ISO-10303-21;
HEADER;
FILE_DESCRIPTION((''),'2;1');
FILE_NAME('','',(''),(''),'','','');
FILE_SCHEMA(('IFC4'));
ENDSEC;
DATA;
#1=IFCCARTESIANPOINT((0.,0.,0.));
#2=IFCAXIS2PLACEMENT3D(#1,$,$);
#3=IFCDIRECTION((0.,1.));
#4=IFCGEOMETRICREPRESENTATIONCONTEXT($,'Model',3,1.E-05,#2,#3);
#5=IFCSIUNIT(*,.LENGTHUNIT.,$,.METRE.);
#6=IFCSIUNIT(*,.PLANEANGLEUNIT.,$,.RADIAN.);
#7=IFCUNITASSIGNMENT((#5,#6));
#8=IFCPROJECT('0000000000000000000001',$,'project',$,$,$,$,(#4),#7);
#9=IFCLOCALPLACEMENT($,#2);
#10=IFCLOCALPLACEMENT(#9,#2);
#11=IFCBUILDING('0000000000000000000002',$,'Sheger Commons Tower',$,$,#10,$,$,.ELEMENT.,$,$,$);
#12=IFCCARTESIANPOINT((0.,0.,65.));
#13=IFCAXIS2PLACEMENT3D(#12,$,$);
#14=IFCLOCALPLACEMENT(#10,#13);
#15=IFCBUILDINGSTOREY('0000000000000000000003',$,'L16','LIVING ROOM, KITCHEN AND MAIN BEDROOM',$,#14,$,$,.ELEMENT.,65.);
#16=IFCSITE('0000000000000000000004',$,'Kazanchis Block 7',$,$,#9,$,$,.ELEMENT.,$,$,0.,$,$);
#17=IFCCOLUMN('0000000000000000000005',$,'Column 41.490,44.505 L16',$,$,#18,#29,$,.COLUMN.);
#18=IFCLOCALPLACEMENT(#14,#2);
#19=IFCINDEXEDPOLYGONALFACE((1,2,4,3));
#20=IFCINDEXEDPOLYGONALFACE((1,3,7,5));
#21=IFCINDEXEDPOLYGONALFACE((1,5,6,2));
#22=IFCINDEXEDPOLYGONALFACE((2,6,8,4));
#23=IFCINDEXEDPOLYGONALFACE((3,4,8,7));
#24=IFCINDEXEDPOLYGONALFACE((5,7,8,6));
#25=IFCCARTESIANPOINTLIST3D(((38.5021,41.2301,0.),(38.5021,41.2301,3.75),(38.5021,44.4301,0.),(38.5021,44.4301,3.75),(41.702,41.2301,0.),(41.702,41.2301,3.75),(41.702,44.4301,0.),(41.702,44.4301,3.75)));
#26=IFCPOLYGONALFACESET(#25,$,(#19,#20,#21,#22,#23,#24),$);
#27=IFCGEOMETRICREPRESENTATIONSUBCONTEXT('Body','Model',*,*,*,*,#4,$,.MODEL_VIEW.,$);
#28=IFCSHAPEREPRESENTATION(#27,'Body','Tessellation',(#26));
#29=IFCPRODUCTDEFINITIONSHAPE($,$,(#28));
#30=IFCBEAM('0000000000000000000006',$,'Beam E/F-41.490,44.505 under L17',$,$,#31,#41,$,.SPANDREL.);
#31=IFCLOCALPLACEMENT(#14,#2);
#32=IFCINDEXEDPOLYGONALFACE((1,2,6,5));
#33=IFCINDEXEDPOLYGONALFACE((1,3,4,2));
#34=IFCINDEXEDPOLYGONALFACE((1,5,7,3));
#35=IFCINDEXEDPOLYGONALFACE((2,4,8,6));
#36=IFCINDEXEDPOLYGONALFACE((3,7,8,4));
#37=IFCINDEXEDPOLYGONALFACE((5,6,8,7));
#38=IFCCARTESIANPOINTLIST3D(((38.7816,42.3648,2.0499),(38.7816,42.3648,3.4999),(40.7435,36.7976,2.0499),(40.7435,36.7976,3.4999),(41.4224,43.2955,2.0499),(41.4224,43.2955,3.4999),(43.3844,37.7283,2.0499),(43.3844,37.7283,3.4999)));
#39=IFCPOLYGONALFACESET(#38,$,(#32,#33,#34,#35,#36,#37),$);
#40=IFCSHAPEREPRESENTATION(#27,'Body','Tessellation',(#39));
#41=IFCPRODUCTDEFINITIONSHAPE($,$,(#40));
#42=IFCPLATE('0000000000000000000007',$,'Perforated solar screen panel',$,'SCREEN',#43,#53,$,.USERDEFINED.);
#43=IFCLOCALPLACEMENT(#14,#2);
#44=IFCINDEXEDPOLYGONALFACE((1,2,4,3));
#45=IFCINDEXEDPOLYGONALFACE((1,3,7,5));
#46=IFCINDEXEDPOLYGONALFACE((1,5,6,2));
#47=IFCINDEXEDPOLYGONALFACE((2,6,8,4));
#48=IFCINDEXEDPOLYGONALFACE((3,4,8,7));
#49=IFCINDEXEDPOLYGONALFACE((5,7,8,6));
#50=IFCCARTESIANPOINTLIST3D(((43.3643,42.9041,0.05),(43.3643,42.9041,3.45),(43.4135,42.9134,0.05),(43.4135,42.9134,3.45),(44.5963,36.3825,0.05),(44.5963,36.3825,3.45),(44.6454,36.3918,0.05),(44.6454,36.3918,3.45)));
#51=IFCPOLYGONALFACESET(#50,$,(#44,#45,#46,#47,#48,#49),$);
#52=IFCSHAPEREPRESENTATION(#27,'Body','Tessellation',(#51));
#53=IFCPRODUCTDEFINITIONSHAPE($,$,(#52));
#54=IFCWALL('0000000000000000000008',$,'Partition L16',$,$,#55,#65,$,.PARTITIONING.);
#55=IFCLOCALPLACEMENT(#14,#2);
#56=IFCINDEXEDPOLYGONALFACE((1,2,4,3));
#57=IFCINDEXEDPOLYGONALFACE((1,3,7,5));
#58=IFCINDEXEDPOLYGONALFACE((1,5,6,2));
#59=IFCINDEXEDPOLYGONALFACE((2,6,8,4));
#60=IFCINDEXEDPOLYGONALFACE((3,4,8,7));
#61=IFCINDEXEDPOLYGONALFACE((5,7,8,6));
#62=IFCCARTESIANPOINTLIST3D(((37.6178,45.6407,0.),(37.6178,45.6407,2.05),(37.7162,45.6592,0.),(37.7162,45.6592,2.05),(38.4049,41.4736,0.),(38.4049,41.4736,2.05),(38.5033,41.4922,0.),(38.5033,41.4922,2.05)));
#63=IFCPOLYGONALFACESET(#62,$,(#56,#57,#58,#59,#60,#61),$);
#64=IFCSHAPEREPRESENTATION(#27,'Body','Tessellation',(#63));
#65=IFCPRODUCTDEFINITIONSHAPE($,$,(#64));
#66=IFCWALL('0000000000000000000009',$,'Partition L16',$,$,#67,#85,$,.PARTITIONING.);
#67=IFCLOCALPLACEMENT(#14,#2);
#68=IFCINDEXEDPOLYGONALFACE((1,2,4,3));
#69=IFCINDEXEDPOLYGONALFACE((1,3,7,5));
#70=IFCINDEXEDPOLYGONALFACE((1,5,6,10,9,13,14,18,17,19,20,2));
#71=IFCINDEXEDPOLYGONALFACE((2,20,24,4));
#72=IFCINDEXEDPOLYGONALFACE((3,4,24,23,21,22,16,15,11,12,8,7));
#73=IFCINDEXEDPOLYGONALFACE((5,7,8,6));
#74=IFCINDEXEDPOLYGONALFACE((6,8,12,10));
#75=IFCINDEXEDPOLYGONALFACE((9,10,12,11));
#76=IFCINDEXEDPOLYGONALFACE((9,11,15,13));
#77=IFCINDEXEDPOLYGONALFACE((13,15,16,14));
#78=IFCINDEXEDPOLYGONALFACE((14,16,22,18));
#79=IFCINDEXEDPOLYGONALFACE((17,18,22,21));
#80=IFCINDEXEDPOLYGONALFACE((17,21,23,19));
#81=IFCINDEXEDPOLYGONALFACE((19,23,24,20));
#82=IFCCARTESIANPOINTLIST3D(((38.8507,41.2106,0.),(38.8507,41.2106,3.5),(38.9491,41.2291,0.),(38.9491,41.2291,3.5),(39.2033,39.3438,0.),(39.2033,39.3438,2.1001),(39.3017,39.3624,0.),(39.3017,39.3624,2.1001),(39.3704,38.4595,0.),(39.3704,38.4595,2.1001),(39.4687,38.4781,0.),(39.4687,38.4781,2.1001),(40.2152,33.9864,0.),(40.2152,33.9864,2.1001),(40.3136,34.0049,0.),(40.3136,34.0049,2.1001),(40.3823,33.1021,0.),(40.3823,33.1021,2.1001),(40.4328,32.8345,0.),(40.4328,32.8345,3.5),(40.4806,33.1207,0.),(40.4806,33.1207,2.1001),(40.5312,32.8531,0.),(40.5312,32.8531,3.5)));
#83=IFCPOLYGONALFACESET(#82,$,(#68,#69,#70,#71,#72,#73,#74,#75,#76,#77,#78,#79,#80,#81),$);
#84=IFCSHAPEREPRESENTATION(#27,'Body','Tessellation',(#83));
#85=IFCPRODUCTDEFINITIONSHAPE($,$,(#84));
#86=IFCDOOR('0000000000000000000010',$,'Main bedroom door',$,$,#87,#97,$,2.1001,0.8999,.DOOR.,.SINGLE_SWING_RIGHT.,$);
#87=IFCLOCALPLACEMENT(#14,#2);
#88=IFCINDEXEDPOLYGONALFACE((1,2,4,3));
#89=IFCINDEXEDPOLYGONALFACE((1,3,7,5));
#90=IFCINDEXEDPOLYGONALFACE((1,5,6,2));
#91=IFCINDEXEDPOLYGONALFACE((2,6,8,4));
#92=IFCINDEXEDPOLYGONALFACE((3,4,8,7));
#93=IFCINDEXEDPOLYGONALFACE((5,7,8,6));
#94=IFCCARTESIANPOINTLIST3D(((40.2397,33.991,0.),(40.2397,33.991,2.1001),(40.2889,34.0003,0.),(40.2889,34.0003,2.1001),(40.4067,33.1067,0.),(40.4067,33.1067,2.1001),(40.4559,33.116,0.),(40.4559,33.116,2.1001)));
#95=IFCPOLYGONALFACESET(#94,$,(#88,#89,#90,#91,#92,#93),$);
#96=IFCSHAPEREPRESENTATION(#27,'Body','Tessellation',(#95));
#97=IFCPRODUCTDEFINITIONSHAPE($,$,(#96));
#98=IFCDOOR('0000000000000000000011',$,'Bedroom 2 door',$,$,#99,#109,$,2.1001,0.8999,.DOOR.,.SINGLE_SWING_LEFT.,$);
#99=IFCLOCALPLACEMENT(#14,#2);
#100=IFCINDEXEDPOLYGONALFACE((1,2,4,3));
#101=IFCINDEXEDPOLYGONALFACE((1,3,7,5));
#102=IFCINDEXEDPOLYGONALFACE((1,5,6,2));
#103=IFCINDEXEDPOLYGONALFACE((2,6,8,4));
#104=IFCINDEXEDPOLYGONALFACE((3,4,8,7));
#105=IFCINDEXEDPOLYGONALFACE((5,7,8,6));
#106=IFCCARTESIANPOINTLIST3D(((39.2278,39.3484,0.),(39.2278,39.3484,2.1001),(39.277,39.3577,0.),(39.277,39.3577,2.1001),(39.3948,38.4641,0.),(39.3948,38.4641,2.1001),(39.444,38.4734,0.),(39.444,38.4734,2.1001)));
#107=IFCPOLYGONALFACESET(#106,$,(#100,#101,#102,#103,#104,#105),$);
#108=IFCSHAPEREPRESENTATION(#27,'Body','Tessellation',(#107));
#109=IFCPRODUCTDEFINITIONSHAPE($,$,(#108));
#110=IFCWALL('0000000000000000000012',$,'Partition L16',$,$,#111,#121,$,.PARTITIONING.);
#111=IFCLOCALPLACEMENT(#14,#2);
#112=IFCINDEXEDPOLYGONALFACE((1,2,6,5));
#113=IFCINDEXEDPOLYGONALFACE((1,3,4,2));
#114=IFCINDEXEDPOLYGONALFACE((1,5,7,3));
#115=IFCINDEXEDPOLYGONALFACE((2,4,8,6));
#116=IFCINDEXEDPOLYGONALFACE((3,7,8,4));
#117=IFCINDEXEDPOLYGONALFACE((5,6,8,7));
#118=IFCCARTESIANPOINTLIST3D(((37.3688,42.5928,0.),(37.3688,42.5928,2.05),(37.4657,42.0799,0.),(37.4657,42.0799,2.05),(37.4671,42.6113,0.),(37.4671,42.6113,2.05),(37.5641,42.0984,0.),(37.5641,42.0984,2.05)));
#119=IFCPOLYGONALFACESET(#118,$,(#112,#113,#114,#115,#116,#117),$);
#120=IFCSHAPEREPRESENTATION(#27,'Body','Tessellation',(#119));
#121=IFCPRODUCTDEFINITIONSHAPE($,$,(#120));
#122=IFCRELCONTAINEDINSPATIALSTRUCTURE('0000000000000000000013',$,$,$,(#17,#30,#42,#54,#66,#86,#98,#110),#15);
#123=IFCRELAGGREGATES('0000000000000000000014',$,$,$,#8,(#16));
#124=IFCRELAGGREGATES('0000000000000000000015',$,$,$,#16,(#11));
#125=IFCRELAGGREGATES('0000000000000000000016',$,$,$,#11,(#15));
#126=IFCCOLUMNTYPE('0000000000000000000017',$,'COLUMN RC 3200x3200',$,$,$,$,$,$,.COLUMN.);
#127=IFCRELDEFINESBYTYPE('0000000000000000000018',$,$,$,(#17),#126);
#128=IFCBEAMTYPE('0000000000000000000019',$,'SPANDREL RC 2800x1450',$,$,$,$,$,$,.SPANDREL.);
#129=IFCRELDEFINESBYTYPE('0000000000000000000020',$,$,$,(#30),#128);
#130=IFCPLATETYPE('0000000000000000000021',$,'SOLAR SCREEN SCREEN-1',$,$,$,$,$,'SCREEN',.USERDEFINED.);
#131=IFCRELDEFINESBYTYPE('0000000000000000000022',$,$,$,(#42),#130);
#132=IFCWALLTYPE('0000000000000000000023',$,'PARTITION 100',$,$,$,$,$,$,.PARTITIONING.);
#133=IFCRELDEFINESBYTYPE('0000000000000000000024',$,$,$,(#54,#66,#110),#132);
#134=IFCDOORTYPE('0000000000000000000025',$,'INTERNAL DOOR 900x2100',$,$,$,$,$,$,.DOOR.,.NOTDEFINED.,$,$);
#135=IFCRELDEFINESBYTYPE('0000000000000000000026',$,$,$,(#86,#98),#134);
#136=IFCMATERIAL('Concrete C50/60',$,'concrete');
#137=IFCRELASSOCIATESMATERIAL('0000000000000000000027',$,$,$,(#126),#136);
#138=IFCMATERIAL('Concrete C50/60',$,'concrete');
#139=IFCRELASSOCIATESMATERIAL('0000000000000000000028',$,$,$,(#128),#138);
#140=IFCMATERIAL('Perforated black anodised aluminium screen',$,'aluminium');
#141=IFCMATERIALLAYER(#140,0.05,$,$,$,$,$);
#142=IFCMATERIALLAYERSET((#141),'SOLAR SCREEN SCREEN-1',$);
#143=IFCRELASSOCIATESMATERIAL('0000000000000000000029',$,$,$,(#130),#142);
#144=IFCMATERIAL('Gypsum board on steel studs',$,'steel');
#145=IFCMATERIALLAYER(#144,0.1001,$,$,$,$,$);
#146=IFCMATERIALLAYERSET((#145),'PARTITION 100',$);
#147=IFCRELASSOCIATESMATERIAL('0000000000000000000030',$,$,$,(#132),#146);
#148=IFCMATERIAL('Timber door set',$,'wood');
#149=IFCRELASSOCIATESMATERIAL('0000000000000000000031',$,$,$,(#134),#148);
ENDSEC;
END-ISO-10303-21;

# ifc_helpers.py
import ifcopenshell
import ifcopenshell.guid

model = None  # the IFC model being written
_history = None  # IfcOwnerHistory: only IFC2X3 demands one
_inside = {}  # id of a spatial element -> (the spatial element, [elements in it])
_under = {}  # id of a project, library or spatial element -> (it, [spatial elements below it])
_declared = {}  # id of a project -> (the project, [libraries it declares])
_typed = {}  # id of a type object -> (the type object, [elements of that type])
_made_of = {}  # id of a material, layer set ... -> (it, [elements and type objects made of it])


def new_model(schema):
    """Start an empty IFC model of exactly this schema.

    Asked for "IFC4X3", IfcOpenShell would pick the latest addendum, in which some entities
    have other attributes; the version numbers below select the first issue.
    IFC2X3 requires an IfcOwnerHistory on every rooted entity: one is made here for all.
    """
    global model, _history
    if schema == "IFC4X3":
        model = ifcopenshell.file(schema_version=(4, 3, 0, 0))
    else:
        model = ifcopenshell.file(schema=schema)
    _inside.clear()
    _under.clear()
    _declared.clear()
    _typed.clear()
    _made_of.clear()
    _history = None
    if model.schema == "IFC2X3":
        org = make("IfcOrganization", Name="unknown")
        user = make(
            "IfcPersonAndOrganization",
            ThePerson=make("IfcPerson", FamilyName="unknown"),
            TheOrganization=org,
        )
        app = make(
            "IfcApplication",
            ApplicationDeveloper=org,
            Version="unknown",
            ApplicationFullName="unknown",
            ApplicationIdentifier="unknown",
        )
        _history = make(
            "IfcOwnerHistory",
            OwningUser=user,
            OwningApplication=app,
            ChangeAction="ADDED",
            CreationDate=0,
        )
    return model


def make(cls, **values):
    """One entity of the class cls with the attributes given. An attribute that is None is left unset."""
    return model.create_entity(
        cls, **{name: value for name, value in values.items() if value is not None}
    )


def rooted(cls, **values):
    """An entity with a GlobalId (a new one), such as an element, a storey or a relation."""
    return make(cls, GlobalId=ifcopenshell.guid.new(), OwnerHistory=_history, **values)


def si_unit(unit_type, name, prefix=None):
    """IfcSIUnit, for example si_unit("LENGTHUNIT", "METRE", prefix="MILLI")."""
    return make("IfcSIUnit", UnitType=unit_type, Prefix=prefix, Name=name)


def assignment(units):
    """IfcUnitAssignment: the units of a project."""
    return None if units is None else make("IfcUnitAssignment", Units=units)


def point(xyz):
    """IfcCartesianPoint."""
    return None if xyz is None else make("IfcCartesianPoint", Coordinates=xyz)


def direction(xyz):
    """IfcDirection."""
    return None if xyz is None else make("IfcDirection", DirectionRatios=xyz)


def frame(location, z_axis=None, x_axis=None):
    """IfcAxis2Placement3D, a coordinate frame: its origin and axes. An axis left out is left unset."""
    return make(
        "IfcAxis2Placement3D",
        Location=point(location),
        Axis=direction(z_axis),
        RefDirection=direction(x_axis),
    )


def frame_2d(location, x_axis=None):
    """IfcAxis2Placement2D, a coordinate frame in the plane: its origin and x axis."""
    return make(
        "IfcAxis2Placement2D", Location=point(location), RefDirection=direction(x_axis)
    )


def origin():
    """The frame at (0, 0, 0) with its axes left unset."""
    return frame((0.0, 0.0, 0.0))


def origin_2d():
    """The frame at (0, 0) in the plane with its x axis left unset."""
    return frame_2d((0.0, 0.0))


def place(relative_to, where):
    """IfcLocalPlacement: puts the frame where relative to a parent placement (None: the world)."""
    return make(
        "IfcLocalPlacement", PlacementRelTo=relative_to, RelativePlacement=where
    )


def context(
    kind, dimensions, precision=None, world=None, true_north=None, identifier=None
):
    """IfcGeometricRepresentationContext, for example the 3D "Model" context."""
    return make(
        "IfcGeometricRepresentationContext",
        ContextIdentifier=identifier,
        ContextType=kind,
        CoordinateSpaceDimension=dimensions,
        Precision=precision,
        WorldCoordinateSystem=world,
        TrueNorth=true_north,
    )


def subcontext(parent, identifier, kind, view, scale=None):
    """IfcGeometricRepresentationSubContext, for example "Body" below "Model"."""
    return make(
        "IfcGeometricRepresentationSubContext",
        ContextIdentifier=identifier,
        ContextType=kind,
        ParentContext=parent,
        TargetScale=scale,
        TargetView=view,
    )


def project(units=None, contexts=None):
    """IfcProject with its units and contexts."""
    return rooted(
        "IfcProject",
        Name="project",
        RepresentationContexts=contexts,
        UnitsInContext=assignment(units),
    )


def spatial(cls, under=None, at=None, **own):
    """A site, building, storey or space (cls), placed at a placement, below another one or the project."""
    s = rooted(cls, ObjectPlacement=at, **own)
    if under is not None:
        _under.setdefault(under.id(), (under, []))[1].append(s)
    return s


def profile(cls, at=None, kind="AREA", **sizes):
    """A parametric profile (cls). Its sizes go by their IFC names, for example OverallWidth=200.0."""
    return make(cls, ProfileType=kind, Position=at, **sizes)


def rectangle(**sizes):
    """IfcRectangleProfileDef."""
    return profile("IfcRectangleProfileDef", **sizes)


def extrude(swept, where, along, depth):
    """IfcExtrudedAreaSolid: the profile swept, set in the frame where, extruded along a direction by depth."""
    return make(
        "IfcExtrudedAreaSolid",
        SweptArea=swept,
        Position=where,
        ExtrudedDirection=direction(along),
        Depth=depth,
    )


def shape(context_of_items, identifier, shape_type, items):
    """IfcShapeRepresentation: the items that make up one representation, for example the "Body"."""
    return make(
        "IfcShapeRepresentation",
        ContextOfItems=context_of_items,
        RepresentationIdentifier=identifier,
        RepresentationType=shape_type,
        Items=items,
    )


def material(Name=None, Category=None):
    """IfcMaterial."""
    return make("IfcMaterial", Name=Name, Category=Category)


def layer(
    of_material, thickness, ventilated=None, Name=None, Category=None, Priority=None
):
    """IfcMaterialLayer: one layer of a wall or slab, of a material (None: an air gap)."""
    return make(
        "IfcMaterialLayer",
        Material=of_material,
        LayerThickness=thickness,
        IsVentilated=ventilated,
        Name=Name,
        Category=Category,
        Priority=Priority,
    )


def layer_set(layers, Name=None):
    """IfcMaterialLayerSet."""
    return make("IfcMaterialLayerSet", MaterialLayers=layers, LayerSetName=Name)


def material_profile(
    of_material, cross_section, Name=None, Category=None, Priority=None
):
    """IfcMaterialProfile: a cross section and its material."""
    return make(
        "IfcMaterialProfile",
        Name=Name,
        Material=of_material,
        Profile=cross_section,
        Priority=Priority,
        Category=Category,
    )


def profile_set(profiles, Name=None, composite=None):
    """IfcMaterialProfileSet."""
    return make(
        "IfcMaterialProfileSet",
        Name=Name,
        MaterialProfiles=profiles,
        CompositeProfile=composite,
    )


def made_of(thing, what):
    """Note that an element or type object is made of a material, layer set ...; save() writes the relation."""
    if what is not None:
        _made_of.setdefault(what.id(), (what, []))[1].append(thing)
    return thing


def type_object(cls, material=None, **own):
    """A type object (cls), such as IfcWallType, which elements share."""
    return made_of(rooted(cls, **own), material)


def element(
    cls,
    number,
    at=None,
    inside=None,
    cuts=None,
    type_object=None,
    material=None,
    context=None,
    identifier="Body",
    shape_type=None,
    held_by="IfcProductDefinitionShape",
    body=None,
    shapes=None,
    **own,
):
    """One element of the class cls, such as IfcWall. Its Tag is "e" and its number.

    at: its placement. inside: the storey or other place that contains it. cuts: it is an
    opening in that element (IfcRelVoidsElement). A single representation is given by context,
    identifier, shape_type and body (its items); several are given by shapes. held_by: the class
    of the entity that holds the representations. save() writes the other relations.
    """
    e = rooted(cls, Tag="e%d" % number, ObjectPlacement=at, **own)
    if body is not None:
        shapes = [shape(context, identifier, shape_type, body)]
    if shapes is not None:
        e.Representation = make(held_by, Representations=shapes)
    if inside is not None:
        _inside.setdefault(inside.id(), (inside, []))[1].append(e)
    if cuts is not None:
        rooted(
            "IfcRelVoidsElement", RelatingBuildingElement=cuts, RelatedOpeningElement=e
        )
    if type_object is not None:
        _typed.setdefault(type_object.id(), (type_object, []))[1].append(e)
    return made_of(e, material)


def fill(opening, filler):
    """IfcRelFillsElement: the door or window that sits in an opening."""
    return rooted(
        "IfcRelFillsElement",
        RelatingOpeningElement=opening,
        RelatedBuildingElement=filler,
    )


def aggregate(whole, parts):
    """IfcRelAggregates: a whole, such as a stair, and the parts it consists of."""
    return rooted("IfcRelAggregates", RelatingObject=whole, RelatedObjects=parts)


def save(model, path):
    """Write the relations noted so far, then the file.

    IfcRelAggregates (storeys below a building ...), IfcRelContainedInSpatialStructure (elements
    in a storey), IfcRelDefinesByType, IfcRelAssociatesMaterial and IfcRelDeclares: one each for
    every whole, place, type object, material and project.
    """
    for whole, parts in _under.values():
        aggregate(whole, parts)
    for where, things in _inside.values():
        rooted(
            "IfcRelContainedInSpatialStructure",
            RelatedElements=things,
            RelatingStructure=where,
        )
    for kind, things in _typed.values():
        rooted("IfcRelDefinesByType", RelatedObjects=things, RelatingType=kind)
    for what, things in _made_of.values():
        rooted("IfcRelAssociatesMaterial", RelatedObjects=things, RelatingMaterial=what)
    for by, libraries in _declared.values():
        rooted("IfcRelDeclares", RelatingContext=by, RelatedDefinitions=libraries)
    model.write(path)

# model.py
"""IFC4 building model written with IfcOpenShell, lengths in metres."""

from ifc_helpers import new_model, si_unit, direction, frame, frame_2d, origin, origin_2d, place, context, subcontext, project, spatial, rectangle, extrude, material, layer, layer_set, material_profile, profile_set, type_object, element, fill, save


model = new_model("IFC4")

# Units and contexts
model_context = context("Model", 3, precision=1e-05, world=origin(), true_north=direction((0.0, 1.0)))
body_context = subcontext(model_context, "Body", "Model", "MODEL_VIEW")
ifc_project = project(units=[si_unit("LENGTHUNIT", "METRE"), si_unit("PLANEANGLEUNIT", "RADIAN")], contexts=[model_context])

# Site, building, storey
site_placement = place(None, origin())
site = spatial("IfcSite", under=ifc_project, at=site_placement, Name="Kazanchis Block 7", CompositionType="ELEMENT", RefElevation=0.0)
building_placement = place(site_placement, origin())
building = spatial("IfcBuilding", under=site, at=building_placement, Name="Sheger Commons Tower", CompositionType="ELEMENT")
storey_placement = place(building_placement, frame((0.0, 0.0, 65.0)))
storey = spatial("IfcBuildingStorey", under=building, at=storey_placement, Name="L16", Description="LIVING ROOM, KITCHEN AND MAIN BEDROOM", CompositionType="ELEMENT", Elevation=65.0)

# Column
ifc_material_1 = material(Name="Concrete C50/60", Category="concrete")
ifc_material_profile_1 = material_profile(ifc_material_1, rectangle(XDim=3.2, YDim=3.2, at=origin_2d()), Name="RC 3200x3200")
ifc_profile_set_1 = profile_set([ifc_material_profile_1], Name="Concrete C50/60")
column_type = type_object("IfcColumnType", Name="COLUMN RC 3200x3200", PredefinedType="COLUMN", material=ifc_profile_set_1)
column_placement = place(storey_placement, frame((40.1021, 42.8301, 0.0), z_axis=(0.0, 0.0, 1.0), x_axis=(1.0, 0.0, 0.0)))
element("IfcColumn", 1, at=column_placement, inside=storey, type_object=column_type, Name="Column 41.490,44.505 L16", PredefinedType="COLUMN", context=body_context, shape_type="SweptSolid", body=[
    extrude(rectangle(XDim=3.2, YDim=3.2, at=origin_2d()), origin(), (0.0, 0.0, 1.0), 3.75),
])

# Beam
ifc_material_2 = material(Name="Concrete C50/60", Category="concrete")
ifc_material_profile_2 = material_profile(ifc_material_2, rectangle(XDim=2.8, YDim=1.45, at=origin_2d()), Name="RC 2800x1450")
ifc_profile_set_2 = profile_set([ifc_material_profile_2], Name="Concrete C50/60")
beam_type = type_object("IfcBeamType", Name="SPANDREL RC 2800x1450", PredefinedType="SPANDREL", material=ifc_profile_set_2)
beam_placement = place(storey_placement, frame((42.064, 37.2629, 2.7749), z_axis=(-0.332374, 0.943148, 0.0), x_axis=(-0.943148, -0.332374, 0.0)))
element("IfcBeam", 2, at=beam_placement, inside=storey, type_object=beam_type, Name="Beam E/F-41.490,44.505 under L17", PredefinedType="SPANDREL", context=body_context, shape_type="SweptSolid", body=[
    extrude(rectangle(XDim=2.8, YDim=1.45, at=origin_2d()), origin(), (0.0, 0.0, 1.0), 5.9028),
])

# Plate
ifc_material_3 = material(Name="Perforated black anodised aluminium screen", Category="aluminium")
ifc_layer_1 = layer(ifc_material_3, 0.05)
ifc_layer_set_1 = layer_set([ifc_layer_1], Name="SOLAR SCREEN SCREEN-1")
plate_type = type_object("IfcPlateType", Name="SOLAR SCREEN SCREEN-1", ElementType="SCREEN", PredefinedType="USERDEFINED", material=ifc_layer_set_1)
plate_placement = place(storey_placement, frame((44.0049, 39.6479, 0.05), z_axis=(0.0, 0.0, 1.0), x_axis=(-0.185615, 0.982623, 0.0)))
element("IfcPlate", 3, at=plate_placement, inside=storey, type_object=plate_type, Name="Perforated solar screen panel", ObjectType="SCREEN", PredefinedType="USERDEFINED", context=body_context, shape_type="SweptSolid", body=[
    extrude(rectangle(XDim=6.637, YDim=0.05, at=origin_2d()), origin(), (0.0, 0.0, 1.0), 3.3999),
])

# Wall
ifc_material_4 = material(Name="Gypsum board on steel studs", Category="steel")
ifc_layer_2 = layer(ifc_material_4, 0.1001)
ifc_layer_set_2 = layer_set([ifc_layer_2], Name="PARTITION 100")
wall_type = type_object("IfcWallType", Name="PARTITION 100", PredefinedType="PARTITIONING", material=ifc_layer_set_2)
wall_1_placement = place(storey_placement, frame((38.4541, 41.4829, 0.0), z_axis=(0.0, 0.0, 1.0), x_axis=(-0.185609, 0.982624, 0.0)))
element("IfcWall", 4, at=wall_1_placement, inside=storey, type_object=wall_type, Name="Partition L16", PredefinedType="PARTITIONING", context=body_context, shape_type="SweptSolid", body=[
    extrude(rectangle(XDim=4.2407, YDim=0.1001, at=frame_2d((2.1204, 0.0))), origin(), (0.0, 0.0, 1.0), 2.05),
])

# Wall, openings, doors
wall_2_placement = place(storey_placement, frame((38.8999, 41.22, 0.0), z_axis=(0.0, 0.0, 1.0), x_axis=(0.185596, -0.982626, 0.0)))
wall_2 = element("IfcWall", 5, at=wall_2_placement, inside=storey, type_object=wall_type, Name="Partition L16", PredefinedType="PARTITIONING", context=body_context, shape_type="SweptSolid", body=[
    extrude(rectangle(XDim=8.5242, YDim=0.1001, at=frame_2d((4.2622, 0.0))), origin(), (0.0, 0.0, 1.0), 3.5),
])
opening_1_placement = place(wall_2_placement, frame((7.3521, 0.0, 0.0)))
opening_1 = element("IfcOpeningElement", 6, at=opening_1_placement, cuts=wall_2, PredefinedType="OPENING", context=body_context, shape_type="SweptSolid", body=[
    extrude(rectangle(XDim=0.8999, YDim=2.1001, at=frame_2d((0.45, 1.05))), frame((0.0, 0.0601, 0.0), z_axis=(0.0, -1.0, 0.0), x_axis=(1.0, 0.0, 0.0)), (0.0, 0.0, 1.0), 0.1201),
])
opening_2_placement = place(wall_2_placement, frame((1.8999, 0.0, 0.0)))
opening_2 = element("IfcOpeningElement", 7, at=opening_2_placement, cuts=wall_2, PredefinedType="OPENING", context=body_context, shape_type="SweptSolid", body=[
    extrude(rectangle(XDim=0.8999, YDim=2.1001, at=frame_2d((0.45, 1.05))), frame((0.0, 0.0601, 0.0), z_axis=(0.0, -1.0, 0.0), x_axis=(1.0, 0.0, 0.0)), (0.0, 0.0, 1.0), 0.1201),
])
ifc_material_5 = material(Name="Timber door set", Category="wood")
door_type = type_object("IfcDoorType", Name="INTERNAL DOOR 900x2100", OperationType="NOTDEFINED", PredefinedType="DOOR", material=ifc_material_5)
door_1_placement = place(opening_1_placement, origin())
door_1 = element("IfcDoor", 8, at=door_1_placement, inside=storey, type_object=door_type, Name="Main bedroom door", OperationType="SINGLE_SWING_RIGHT", OverallHeight=2.1001, OverallWidth=0.8999, PredefinedType="DOOR", context=body_context, shape_type="SweptSolid", body=[
    extrude(rectangle(XDim=0.8999, YDim=2.1001, at=frame_2d((0.45, 1.05))), frame((0.0, 0.0249, 0.0), z_axis=(0.0, -1.0, 0.0), x_axis=(1.0, 0.0, 0.0)), (0.0, 0.0, 1.0), 0.05),
])
fill(opening_1, door_1)
door_2_placement = place(opening_2_placement, origin())
door_2 = element("IfcDoor", 9, at=door_2_placement, inside=storey, type_object=door_type, Name="Bedroom 2 door", OperationType="SINGLE_SWING_LEFT", OverallHeight=2.1001, OverallWidth=0.8999, PredefinedType="DOOR", context=body_context, shape_type="SweptSolid", body=[
    extrude(rectangle(XDim=0.8999, YDim=2.1001, at=frame_2d((0.45, 1.05))), frame((0.0, 0.0249, 0.0), z_axis=(0.0, -1.0, 0.0), x_axis=(1.0, 0.0, 0.0)), (0.0, 0.0, 1.0), 0.05),
])
fill(opening_2, door_2)

# Wall
wall_3_placement = place(storey_placement, frame((37.418, 42.6021, 0.0), z_axis=(0.0, 0.0, 1.0), x_axis=(0.185672, -0.982612, 0.0)))
element("IfcWall", 10, at=wall_3_placement, inside=storey, type_object=wall_type, Name="Partition L16", PredefinedType="PARTITIONING", context=body_context, shape_type="SweptSolid", body=[
    extrude(rectangle(XDim=0.522, YDim=0.1001, at=frame_2d((0.261, 0.0))), origin(), (0.0, 0.0, 1.0), 2.05),
])

save(model, "model.ifc")
